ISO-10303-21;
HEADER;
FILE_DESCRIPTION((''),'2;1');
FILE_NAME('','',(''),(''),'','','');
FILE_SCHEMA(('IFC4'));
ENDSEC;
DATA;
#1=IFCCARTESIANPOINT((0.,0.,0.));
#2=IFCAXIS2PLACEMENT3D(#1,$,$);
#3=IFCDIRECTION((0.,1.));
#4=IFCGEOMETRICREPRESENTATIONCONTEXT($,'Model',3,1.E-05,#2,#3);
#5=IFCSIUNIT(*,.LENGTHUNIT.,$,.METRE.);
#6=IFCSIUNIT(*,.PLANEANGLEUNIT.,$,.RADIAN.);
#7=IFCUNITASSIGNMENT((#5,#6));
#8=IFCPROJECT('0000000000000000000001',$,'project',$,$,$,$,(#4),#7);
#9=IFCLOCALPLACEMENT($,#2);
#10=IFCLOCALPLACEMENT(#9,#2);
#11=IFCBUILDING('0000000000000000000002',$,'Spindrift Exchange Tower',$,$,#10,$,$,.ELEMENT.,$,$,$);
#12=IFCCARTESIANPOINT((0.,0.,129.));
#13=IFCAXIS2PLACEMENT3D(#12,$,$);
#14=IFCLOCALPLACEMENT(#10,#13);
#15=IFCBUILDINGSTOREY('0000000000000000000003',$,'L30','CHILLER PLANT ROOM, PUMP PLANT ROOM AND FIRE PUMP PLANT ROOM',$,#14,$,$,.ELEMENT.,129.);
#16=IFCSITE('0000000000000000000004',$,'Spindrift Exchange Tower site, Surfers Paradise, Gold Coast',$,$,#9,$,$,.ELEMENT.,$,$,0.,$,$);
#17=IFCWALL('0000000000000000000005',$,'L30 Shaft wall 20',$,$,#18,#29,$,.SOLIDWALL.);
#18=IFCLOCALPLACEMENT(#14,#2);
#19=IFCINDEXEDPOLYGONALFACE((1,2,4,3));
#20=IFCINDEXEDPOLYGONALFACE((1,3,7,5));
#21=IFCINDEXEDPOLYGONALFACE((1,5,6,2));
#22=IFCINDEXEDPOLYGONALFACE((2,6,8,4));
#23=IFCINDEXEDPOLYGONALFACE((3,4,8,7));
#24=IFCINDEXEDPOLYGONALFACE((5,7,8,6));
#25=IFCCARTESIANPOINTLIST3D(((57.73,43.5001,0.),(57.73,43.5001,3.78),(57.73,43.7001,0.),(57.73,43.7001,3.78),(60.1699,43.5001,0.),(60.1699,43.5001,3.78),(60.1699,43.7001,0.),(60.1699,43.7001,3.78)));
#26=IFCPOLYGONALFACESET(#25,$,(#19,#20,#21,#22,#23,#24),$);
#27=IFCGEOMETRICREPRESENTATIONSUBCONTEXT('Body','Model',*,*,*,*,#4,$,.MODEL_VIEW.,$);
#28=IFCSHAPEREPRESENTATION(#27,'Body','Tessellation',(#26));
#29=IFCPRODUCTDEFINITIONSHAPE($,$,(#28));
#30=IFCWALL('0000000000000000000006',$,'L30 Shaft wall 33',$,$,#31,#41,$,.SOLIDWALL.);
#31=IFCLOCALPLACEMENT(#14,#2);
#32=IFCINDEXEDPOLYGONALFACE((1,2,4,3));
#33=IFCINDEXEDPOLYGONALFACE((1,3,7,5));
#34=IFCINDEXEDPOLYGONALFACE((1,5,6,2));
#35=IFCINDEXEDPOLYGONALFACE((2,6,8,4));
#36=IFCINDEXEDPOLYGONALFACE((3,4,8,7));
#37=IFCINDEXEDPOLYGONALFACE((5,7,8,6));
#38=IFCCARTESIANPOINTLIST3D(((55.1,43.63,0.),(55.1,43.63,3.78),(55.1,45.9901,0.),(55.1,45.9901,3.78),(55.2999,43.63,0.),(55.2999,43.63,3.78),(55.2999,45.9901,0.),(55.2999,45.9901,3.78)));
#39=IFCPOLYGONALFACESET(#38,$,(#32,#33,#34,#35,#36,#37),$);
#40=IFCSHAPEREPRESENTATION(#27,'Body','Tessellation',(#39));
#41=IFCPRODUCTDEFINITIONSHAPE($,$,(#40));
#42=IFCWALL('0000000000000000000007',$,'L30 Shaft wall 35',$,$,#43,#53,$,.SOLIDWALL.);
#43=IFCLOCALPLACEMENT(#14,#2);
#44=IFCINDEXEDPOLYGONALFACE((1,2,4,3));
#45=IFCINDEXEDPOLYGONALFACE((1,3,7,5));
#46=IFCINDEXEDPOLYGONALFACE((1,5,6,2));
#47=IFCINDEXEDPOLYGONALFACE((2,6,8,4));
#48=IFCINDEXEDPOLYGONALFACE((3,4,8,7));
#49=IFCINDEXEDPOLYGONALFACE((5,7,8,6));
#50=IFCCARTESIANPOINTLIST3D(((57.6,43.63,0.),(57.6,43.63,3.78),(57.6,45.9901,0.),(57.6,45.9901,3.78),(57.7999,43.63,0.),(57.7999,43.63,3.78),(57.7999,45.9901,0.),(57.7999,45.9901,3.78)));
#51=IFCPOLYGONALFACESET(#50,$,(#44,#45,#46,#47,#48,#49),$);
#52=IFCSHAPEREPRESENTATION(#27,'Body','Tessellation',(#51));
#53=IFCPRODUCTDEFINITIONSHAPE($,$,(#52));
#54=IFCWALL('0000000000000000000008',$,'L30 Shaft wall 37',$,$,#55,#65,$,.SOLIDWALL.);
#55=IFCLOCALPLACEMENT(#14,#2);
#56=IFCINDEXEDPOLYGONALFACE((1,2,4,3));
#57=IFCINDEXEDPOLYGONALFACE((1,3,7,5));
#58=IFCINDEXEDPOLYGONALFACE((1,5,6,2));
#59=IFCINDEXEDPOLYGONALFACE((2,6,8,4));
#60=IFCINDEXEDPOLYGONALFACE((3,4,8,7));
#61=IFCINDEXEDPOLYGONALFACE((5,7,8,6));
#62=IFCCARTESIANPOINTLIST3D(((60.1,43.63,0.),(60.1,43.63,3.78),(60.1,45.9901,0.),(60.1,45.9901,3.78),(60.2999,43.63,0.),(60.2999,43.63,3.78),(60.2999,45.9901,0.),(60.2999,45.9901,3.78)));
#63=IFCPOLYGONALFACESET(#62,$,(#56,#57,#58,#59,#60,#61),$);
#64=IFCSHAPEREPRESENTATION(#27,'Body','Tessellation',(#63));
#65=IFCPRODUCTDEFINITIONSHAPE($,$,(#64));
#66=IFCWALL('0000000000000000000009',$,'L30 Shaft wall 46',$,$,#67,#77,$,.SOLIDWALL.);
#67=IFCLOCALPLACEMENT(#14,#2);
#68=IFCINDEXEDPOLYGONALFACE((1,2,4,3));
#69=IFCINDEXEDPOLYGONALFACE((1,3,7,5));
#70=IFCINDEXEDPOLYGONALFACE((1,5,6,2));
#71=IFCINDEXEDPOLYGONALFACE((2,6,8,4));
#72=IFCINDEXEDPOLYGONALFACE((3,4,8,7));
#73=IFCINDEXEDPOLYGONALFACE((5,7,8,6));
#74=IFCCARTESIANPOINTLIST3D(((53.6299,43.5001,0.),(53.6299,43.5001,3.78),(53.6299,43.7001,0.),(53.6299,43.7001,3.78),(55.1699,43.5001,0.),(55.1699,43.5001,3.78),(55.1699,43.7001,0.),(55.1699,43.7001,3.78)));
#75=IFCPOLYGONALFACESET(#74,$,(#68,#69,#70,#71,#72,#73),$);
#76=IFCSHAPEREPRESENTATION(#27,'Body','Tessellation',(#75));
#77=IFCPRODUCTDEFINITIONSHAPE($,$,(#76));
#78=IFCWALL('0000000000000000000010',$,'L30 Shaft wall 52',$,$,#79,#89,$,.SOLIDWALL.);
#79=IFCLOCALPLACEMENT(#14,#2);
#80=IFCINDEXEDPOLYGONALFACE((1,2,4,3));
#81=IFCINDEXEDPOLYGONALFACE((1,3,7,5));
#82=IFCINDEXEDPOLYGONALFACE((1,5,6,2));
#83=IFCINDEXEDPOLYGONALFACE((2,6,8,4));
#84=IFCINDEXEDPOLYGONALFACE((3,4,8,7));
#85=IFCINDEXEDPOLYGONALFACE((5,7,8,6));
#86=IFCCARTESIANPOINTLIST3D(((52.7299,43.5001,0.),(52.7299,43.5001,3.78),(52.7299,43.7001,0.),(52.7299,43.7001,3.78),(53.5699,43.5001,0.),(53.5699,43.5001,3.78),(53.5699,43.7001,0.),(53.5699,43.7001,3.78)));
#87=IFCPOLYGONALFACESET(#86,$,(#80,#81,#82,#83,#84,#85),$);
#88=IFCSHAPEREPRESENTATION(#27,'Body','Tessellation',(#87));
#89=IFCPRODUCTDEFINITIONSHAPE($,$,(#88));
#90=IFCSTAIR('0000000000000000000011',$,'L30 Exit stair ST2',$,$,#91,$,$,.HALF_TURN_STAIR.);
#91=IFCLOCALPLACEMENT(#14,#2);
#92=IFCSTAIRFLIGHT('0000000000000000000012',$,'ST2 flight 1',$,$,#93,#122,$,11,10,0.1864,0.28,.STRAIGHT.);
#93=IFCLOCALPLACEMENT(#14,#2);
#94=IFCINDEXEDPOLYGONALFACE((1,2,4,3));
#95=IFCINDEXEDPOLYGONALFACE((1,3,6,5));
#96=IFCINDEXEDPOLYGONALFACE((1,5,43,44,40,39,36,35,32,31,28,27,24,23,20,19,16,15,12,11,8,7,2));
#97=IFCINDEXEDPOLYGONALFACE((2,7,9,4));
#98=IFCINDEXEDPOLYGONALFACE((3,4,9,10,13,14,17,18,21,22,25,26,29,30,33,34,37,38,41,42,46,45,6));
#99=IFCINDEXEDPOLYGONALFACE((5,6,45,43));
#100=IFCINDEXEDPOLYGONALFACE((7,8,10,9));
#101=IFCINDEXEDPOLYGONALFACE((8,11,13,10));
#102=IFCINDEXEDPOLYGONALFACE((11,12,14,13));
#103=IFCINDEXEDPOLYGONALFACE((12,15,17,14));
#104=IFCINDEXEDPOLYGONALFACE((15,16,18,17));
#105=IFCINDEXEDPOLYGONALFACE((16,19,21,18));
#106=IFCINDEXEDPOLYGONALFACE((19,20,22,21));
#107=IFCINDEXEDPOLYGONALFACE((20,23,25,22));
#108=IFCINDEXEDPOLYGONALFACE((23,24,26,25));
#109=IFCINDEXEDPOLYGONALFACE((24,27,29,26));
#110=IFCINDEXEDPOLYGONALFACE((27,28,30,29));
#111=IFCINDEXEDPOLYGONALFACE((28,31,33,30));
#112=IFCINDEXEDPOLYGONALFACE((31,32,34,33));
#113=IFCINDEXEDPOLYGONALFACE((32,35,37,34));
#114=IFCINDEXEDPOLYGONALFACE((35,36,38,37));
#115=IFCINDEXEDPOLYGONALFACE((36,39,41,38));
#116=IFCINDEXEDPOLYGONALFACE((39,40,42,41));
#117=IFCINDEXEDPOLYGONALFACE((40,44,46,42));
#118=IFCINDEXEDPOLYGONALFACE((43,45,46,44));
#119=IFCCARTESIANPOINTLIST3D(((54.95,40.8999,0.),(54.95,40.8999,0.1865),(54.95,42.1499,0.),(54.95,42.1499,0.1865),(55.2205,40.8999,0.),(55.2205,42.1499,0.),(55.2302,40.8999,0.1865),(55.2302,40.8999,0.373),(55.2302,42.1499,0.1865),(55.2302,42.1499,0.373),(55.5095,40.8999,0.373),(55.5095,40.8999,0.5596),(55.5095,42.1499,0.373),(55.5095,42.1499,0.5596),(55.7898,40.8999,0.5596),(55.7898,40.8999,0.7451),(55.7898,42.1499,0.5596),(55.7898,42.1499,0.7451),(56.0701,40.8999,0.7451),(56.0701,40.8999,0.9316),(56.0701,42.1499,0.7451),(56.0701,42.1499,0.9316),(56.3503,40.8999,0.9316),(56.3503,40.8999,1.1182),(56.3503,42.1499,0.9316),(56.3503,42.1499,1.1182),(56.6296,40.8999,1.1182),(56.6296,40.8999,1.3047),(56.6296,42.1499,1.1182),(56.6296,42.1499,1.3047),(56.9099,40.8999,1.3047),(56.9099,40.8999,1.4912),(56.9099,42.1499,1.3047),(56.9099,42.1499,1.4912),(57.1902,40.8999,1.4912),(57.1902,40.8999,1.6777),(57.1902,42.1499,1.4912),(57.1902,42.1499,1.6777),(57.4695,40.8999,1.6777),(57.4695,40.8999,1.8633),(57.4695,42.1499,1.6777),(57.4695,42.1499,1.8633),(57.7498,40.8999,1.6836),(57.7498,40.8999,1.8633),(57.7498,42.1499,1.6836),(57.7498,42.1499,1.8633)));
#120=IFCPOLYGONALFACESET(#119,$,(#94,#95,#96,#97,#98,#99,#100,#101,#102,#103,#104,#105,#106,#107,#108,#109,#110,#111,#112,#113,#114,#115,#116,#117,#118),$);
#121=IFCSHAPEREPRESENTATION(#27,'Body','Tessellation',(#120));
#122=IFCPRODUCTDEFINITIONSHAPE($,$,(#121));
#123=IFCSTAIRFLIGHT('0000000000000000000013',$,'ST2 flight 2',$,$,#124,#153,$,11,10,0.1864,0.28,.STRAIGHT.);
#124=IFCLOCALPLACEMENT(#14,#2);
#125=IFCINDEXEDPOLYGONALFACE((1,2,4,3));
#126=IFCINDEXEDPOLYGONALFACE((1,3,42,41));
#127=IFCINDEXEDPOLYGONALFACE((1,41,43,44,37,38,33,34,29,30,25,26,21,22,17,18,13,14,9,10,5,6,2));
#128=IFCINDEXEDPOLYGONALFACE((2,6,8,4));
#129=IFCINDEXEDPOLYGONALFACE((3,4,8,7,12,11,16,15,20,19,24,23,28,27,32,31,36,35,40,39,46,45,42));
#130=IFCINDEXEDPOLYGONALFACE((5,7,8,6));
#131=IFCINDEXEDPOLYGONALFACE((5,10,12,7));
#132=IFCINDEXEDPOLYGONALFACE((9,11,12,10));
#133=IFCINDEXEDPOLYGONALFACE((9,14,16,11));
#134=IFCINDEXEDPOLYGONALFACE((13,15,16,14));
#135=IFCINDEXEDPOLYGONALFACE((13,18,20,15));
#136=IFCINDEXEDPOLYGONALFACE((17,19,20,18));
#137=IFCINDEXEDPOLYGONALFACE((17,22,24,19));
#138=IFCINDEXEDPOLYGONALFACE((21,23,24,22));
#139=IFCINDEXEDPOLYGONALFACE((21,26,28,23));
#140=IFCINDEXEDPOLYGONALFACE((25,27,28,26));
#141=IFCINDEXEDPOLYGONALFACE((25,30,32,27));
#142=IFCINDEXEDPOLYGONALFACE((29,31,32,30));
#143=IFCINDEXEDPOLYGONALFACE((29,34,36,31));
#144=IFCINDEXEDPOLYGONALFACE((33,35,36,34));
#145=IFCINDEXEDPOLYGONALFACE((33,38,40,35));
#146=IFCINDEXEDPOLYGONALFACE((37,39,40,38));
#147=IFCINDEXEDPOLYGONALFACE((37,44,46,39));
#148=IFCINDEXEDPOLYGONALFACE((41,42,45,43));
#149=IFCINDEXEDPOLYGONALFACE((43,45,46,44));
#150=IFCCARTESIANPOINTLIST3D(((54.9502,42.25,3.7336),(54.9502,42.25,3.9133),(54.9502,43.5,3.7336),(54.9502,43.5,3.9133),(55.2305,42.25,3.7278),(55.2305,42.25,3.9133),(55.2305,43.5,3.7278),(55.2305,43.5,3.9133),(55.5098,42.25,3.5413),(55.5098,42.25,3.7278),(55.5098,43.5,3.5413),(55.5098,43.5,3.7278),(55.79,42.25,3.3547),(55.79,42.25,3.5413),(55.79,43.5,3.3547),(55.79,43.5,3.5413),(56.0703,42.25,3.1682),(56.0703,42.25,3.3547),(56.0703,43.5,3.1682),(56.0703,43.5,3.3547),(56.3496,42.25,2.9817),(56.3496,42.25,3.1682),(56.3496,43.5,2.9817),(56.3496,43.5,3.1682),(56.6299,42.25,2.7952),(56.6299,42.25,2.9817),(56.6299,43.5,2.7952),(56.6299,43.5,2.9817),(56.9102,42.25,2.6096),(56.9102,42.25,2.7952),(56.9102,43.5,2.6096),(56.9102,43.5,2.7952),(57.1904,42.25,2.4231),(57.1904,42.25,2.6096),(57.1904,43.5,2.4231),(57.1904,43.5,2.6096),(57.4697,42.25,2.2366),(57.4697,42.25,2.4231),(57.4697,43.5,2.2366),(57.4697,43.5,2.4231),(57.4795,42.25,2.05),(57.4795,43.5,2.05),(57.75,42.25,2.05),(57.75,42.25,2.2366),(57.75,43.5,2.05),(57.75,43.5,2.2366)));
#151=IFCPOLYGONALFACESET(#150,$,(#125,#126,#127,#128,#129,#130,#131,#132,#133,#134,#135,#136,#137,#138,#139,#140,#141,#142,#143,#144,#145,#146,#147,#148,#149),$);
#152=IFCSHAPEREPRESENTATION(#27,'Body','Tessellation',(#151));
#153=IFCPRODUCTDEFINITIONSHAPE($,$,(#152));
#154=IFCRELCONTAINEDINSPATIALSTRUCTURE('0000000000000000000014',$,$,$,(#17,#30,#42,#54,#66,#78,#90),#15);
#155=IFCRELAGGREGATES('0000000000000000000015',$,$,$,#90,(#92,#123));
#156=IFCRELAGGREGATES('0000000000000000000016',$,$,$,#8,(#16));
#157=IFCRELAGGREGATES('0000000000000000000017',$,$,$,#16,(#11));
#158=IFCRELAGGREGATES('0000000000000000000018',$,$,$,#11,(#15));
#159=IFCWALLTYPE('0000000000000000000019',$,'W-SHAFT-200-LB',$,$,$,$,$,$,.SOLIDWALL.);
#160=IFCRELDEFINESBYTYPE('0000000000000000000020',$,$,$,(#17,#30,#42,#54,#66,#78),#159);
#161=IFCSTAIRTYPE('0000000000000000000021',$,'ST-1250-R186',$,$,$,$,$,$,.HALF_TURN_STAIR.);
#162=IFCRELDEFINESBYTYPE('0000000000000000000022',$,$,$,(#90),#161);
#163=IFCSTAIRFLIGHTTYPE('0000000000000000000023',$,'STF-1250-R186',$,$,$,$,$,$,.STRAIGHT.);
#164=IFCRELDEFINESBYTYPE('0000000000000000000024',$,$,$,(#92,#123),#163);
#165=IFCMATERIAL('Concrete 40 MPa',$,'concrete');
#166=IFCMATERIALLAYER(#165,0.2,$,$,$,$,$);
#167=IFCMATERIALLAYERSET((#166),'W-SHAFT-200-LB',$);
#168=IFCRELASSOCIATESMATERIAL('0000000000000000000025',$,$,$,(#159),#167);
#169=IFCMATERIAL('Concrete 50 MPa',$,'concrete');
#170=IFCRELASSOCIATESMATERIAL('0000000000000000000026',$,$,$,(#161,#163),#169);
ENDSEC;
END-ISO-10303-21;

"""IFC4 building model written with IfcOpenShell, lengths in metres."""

from ifc_helpers import new_model, si_unit, direction, frame, frame_2d, origin, place, context, subcontext, project, spatial, line, indexed_curve, rectangle, outline, extrude, material, layer, layer_set, type_object, element, aggregate, save


model = new_model("IFC4")

# Units and contexts
model_context = context("Model", 3, precision=1e-05, world=origin(), true_north=direction((0.0, 1.0)))
body_context = subcontext(model_context, "Body", "Model", "MODEL_VIEW")
ifc_project = project(units=[si_unit("LENGTHUNIT", "METRE"), si_unit("PLANEANGLEUNIT", "RADIAN")], contexts=[model_context])

# Site, building, storey
site_placement = place(None, origin())
site = spatial("IfcSite", under=ifc_project, at=site_placement, Name="Spindrift Exchange Tower site, Surfers Paradise, Gold Coast", CompositionType="ELEMENT", RefElevation=0.0)
building_placement = place(site_placement, origin())
building = spatial("IfcBuilding", under=site, at=building_placement, Name="Spindrift Exchange Tower", CompositionType="ELEMENT")
storey_placement = place(building_placement, frame((0.0, 0.0, 129.0)))
storey = spatial("IfcBuildingStorey", under=building, at=storey_placement, Name="L30", Description="CHILLER PLANT ROOM, PUMP PLANT ROOM AND FIRE PUMP PLANT ROOM", CompositionType="ELEMENT", Elevation=129.0)

# Shared definitions
ifc_material_1 = material(Name="Concrete 40 MPa", Category="concrete")
ifc_layer_1 = layer(ifc_material_1, 0.2)
ifc_layer_set_1 = layer_set([ifc_layer_1], Name="W-SHAFT-200-LB")
wall_type_1 = type_object("IfcWallType", Name="W-SHAFT-200-LB", PredefinedType="SOLIDWALL", material=ifc_layer_set_1)

# Walls
wall_1_placement = place(storey_placement, frame((57.73, 43.6001, 0.0), z_axis=(0.0, 0.0, 1.0), x_axis=(1.0, 0.0, 0.0)))
element("IfcWall", 1, at=wall_1_placement, inside=storey, type_object=wall_type_1, Name="L30 Shaft wall 20", PredefinedType="SOLIDWALL", context=body_context, shape_type="SweptSolid", body=[
    extrude(rectangle(XDim=2.4399, YDim=0.2, at=frame_2d((1.22, 0.0))), origin(), (0.0, 0.0, 1.0), 3.78),
])
for number, where, z_axis, x_axis, name in (
    (2, (55.2, 43.6299, 0.0), (0.0, 0.0, 1.0), (0.0, 1.0, 0.0), "L30 Shaft wall 33"),
    (3, (57.7, 43.6299, 0.0), (0.0, 0.0, 1.0), (0.0, 1.0, 0.0), "L30 Shaft wall 35"),
    (4, (60.2, 43.6299, 0.0), (0.0, 0.0, 1.0), (0.0, 1.0, 0.0), "L30 Shaft wall 37"),
):
    element("IfcWall", number, at=place(storey_placement, frame(where, z_axis=z_axis, x_axis=x_axis)), inside=storey, type_object=wall_type_1, Name=name, PredefinedType="SOLIDWALL", context=body_context, shape_type="SweptSolid", body=[
        extrude(rectangle(XDim=2.3601, YDim=0.2, at=frame_2d((1.1802, 0.0))), origin(), (0.0, 0.0, 1.0), 3.78),
    ])
wall_2_placement = place(storey_placement, frame((53.6299, 43.6001, 0.0), z_axis=(0.0, 0.0, 1.0), x_axis=(1.0, 0.0, 0.0)))
element("IfcWall", 5, at=wall_2_placement, inside=storey, type_object=wall_type_1, Name="L30 Shaft wall 46", PredefinedType="SOLIDWALL", context=body_context, shape_type="SweptSolid", body=[
    extrude(rectangle(XDim=1.54, YDim=0.2, at=frame_2d((0.77, 0.0))), origin(), (0.0, 0.0, 1.0), 3.78),
])
wall_3_placement = place(storey_placement, frame((52.73, 43.6001, 0.0), z_axis=(0.0, 0.0, 1.0), x_axis=(1.0, 0.0, 0.0)))
element("IfcWall", 6, at=wall_3_placement, inside=storey, type_object=wall_type_1, Name="L30 Shaft wall 52", PredefinedType="SOLIDWALL", context=body_context, shape_type="SweptSolid", body=[
    extrude(rectangle(XDim=0.8401, YDim=0.2, at=frame_2d((0.4199, 0.0))), origin(), (0.0, 0.0, 1.0), 3.78),
])

# Stair, stair flights
ifc_material_2 = material(Name="Concrete 50 MPa", Category="concrete")
stair_type = type_object("IfcStairType", Name="ST-1250-R186", PredefinedType="HALF_TURN_STAIR", material=ifc_material_2)
stair_placement = place(storey_placement, origin())
stair = element("IfcStair", 7, at=stair_placement, inside=storey, type_object=stair_type, Name="L30 Exit stair ST2", PredefinedType="HALF_TURN_STAIR")
stair_flight_type = type_object("IfcStairFlightType", Name="STF-1250-R186", PredefinedType="STRAIGHT", material=ifc_material_2)
stair_flight_1_placement = place(storey_placement, frame((54.95, 41.5249, 0.0), z_axis=(0.0, 0.0, 1.0), x_axis=(1.0, 0.0, 0.0)))
stair_flight_1 = element("IfcStairFlight", 8, at=stair_flight_1_placement, type_object=stair_flight_type, Name="ST2 flight 1", NumberOfRisers=11, NumberOfTreads=10, PredefinedType="STRAIGHT", RiserHeight=0.1864, TreadLength=0.28, context=body_context, shape_type="SweptSolid", body=[
    extrude(outline(indexed_curve([(0.0, 0.0), (0.0, 0.1865), (0.2803, 0.1865), (0.2803, 0.373), (0.5596, 0.373), (0.5596, 0.5596), (0.8398, 0.5596), (0.8398, 0.7451), (1.1201, 0.7451), (1.1201, 0.9316), (1.4004, 0.9316), (1.4004, 1.1182), (1.6797, 1.1182), (1.6797, 1.3047), (1.96, 1.3047), (1.96, 1.4912), (2.2402, 1.4912), (2.2402, 1.6777), (2.5195, 1.6777), (2.5195, 1.8633), (2.7998, 1.8633), (2.7998, 2.0498), (2.7998, 1.6836), (0.2705, 0.0)], segments=[line(1, 2, 3, 4, 5, 6, 7, 8, 9, 10, 11, 12, 13, 14, 15, 16, 17, 18, 19, 20, 21, 22, 23, 24, 1)], self_intersect=False)), frame((0.0, 0.625, 0.0), z_axis=(0.0, -1.0, 0.0), x_axis=(1.0, 0.0, 0.0)), (0.0, 0.0, 1.0), 1.25),
])
stair_flight_2_placement = place(storey_placement, frame((57.75, 42.875, 2.05), z_axis=(0.0, 0.0, 1.0), x_axis=(-1.0, 0.0, 0.0)))
stair_flight_2 = element("IfcStairFlight", 9, at=stair_flight_2_placement, type_object=stair_flight_type, Name="ST2 flight 2", NumberOfRisers=11, NumberOfTreads=10, PredefinedType="STRAIGHT", RiserHeight=0.1864, TreadLength=0.28, context=body_context, shape_type="SweptSolid", body=[
    extrude(outline(indexed_curve([(0.0, 0.0), (0.0, 0.1865), (0.2803, 0.1865), (0.2803, 0.373), (0.5596, 0.373), (0.5596, 0.5596), (0.8398, 0.5596), (0.8398, 0.7451), (1.1201, 0.7451), (1.1201, 0.9316), (1.4004, 0.9316), (1.4004, 1.1182), (1.6797, 1.1182), (1.6797, 1.3047), (1.96, 1.3047), (1.96, 1.4912), (2.2402, 1.4912), (2.2402, 1.6777), (2.5195, 1.6777), (2.5195, 1.8633), (2.7998, 1.8633), (2.7998, 2.0498), (2.7998, 1.6836), (0.2705, 0.0)], segments=[line(1, 2, 3, 4, 5, 6, 7, 8, 9, 10, 11, 12, 13, 14, 15, 16, 17, 18, 19, 20, 21, 22, 23, 24, 1)], self_intersect=False)), frame((0.0, 0.625, 0.0), z_axis=(0.0, -1.0, 0.0), x_axis=(1.0, 0.0, 0.0)), (0.0, 0.0, 1.0), 1.25),
])
aggregate(stair, [stair_flight_1, stair_flight_2])

save(model, "model.ifc")
